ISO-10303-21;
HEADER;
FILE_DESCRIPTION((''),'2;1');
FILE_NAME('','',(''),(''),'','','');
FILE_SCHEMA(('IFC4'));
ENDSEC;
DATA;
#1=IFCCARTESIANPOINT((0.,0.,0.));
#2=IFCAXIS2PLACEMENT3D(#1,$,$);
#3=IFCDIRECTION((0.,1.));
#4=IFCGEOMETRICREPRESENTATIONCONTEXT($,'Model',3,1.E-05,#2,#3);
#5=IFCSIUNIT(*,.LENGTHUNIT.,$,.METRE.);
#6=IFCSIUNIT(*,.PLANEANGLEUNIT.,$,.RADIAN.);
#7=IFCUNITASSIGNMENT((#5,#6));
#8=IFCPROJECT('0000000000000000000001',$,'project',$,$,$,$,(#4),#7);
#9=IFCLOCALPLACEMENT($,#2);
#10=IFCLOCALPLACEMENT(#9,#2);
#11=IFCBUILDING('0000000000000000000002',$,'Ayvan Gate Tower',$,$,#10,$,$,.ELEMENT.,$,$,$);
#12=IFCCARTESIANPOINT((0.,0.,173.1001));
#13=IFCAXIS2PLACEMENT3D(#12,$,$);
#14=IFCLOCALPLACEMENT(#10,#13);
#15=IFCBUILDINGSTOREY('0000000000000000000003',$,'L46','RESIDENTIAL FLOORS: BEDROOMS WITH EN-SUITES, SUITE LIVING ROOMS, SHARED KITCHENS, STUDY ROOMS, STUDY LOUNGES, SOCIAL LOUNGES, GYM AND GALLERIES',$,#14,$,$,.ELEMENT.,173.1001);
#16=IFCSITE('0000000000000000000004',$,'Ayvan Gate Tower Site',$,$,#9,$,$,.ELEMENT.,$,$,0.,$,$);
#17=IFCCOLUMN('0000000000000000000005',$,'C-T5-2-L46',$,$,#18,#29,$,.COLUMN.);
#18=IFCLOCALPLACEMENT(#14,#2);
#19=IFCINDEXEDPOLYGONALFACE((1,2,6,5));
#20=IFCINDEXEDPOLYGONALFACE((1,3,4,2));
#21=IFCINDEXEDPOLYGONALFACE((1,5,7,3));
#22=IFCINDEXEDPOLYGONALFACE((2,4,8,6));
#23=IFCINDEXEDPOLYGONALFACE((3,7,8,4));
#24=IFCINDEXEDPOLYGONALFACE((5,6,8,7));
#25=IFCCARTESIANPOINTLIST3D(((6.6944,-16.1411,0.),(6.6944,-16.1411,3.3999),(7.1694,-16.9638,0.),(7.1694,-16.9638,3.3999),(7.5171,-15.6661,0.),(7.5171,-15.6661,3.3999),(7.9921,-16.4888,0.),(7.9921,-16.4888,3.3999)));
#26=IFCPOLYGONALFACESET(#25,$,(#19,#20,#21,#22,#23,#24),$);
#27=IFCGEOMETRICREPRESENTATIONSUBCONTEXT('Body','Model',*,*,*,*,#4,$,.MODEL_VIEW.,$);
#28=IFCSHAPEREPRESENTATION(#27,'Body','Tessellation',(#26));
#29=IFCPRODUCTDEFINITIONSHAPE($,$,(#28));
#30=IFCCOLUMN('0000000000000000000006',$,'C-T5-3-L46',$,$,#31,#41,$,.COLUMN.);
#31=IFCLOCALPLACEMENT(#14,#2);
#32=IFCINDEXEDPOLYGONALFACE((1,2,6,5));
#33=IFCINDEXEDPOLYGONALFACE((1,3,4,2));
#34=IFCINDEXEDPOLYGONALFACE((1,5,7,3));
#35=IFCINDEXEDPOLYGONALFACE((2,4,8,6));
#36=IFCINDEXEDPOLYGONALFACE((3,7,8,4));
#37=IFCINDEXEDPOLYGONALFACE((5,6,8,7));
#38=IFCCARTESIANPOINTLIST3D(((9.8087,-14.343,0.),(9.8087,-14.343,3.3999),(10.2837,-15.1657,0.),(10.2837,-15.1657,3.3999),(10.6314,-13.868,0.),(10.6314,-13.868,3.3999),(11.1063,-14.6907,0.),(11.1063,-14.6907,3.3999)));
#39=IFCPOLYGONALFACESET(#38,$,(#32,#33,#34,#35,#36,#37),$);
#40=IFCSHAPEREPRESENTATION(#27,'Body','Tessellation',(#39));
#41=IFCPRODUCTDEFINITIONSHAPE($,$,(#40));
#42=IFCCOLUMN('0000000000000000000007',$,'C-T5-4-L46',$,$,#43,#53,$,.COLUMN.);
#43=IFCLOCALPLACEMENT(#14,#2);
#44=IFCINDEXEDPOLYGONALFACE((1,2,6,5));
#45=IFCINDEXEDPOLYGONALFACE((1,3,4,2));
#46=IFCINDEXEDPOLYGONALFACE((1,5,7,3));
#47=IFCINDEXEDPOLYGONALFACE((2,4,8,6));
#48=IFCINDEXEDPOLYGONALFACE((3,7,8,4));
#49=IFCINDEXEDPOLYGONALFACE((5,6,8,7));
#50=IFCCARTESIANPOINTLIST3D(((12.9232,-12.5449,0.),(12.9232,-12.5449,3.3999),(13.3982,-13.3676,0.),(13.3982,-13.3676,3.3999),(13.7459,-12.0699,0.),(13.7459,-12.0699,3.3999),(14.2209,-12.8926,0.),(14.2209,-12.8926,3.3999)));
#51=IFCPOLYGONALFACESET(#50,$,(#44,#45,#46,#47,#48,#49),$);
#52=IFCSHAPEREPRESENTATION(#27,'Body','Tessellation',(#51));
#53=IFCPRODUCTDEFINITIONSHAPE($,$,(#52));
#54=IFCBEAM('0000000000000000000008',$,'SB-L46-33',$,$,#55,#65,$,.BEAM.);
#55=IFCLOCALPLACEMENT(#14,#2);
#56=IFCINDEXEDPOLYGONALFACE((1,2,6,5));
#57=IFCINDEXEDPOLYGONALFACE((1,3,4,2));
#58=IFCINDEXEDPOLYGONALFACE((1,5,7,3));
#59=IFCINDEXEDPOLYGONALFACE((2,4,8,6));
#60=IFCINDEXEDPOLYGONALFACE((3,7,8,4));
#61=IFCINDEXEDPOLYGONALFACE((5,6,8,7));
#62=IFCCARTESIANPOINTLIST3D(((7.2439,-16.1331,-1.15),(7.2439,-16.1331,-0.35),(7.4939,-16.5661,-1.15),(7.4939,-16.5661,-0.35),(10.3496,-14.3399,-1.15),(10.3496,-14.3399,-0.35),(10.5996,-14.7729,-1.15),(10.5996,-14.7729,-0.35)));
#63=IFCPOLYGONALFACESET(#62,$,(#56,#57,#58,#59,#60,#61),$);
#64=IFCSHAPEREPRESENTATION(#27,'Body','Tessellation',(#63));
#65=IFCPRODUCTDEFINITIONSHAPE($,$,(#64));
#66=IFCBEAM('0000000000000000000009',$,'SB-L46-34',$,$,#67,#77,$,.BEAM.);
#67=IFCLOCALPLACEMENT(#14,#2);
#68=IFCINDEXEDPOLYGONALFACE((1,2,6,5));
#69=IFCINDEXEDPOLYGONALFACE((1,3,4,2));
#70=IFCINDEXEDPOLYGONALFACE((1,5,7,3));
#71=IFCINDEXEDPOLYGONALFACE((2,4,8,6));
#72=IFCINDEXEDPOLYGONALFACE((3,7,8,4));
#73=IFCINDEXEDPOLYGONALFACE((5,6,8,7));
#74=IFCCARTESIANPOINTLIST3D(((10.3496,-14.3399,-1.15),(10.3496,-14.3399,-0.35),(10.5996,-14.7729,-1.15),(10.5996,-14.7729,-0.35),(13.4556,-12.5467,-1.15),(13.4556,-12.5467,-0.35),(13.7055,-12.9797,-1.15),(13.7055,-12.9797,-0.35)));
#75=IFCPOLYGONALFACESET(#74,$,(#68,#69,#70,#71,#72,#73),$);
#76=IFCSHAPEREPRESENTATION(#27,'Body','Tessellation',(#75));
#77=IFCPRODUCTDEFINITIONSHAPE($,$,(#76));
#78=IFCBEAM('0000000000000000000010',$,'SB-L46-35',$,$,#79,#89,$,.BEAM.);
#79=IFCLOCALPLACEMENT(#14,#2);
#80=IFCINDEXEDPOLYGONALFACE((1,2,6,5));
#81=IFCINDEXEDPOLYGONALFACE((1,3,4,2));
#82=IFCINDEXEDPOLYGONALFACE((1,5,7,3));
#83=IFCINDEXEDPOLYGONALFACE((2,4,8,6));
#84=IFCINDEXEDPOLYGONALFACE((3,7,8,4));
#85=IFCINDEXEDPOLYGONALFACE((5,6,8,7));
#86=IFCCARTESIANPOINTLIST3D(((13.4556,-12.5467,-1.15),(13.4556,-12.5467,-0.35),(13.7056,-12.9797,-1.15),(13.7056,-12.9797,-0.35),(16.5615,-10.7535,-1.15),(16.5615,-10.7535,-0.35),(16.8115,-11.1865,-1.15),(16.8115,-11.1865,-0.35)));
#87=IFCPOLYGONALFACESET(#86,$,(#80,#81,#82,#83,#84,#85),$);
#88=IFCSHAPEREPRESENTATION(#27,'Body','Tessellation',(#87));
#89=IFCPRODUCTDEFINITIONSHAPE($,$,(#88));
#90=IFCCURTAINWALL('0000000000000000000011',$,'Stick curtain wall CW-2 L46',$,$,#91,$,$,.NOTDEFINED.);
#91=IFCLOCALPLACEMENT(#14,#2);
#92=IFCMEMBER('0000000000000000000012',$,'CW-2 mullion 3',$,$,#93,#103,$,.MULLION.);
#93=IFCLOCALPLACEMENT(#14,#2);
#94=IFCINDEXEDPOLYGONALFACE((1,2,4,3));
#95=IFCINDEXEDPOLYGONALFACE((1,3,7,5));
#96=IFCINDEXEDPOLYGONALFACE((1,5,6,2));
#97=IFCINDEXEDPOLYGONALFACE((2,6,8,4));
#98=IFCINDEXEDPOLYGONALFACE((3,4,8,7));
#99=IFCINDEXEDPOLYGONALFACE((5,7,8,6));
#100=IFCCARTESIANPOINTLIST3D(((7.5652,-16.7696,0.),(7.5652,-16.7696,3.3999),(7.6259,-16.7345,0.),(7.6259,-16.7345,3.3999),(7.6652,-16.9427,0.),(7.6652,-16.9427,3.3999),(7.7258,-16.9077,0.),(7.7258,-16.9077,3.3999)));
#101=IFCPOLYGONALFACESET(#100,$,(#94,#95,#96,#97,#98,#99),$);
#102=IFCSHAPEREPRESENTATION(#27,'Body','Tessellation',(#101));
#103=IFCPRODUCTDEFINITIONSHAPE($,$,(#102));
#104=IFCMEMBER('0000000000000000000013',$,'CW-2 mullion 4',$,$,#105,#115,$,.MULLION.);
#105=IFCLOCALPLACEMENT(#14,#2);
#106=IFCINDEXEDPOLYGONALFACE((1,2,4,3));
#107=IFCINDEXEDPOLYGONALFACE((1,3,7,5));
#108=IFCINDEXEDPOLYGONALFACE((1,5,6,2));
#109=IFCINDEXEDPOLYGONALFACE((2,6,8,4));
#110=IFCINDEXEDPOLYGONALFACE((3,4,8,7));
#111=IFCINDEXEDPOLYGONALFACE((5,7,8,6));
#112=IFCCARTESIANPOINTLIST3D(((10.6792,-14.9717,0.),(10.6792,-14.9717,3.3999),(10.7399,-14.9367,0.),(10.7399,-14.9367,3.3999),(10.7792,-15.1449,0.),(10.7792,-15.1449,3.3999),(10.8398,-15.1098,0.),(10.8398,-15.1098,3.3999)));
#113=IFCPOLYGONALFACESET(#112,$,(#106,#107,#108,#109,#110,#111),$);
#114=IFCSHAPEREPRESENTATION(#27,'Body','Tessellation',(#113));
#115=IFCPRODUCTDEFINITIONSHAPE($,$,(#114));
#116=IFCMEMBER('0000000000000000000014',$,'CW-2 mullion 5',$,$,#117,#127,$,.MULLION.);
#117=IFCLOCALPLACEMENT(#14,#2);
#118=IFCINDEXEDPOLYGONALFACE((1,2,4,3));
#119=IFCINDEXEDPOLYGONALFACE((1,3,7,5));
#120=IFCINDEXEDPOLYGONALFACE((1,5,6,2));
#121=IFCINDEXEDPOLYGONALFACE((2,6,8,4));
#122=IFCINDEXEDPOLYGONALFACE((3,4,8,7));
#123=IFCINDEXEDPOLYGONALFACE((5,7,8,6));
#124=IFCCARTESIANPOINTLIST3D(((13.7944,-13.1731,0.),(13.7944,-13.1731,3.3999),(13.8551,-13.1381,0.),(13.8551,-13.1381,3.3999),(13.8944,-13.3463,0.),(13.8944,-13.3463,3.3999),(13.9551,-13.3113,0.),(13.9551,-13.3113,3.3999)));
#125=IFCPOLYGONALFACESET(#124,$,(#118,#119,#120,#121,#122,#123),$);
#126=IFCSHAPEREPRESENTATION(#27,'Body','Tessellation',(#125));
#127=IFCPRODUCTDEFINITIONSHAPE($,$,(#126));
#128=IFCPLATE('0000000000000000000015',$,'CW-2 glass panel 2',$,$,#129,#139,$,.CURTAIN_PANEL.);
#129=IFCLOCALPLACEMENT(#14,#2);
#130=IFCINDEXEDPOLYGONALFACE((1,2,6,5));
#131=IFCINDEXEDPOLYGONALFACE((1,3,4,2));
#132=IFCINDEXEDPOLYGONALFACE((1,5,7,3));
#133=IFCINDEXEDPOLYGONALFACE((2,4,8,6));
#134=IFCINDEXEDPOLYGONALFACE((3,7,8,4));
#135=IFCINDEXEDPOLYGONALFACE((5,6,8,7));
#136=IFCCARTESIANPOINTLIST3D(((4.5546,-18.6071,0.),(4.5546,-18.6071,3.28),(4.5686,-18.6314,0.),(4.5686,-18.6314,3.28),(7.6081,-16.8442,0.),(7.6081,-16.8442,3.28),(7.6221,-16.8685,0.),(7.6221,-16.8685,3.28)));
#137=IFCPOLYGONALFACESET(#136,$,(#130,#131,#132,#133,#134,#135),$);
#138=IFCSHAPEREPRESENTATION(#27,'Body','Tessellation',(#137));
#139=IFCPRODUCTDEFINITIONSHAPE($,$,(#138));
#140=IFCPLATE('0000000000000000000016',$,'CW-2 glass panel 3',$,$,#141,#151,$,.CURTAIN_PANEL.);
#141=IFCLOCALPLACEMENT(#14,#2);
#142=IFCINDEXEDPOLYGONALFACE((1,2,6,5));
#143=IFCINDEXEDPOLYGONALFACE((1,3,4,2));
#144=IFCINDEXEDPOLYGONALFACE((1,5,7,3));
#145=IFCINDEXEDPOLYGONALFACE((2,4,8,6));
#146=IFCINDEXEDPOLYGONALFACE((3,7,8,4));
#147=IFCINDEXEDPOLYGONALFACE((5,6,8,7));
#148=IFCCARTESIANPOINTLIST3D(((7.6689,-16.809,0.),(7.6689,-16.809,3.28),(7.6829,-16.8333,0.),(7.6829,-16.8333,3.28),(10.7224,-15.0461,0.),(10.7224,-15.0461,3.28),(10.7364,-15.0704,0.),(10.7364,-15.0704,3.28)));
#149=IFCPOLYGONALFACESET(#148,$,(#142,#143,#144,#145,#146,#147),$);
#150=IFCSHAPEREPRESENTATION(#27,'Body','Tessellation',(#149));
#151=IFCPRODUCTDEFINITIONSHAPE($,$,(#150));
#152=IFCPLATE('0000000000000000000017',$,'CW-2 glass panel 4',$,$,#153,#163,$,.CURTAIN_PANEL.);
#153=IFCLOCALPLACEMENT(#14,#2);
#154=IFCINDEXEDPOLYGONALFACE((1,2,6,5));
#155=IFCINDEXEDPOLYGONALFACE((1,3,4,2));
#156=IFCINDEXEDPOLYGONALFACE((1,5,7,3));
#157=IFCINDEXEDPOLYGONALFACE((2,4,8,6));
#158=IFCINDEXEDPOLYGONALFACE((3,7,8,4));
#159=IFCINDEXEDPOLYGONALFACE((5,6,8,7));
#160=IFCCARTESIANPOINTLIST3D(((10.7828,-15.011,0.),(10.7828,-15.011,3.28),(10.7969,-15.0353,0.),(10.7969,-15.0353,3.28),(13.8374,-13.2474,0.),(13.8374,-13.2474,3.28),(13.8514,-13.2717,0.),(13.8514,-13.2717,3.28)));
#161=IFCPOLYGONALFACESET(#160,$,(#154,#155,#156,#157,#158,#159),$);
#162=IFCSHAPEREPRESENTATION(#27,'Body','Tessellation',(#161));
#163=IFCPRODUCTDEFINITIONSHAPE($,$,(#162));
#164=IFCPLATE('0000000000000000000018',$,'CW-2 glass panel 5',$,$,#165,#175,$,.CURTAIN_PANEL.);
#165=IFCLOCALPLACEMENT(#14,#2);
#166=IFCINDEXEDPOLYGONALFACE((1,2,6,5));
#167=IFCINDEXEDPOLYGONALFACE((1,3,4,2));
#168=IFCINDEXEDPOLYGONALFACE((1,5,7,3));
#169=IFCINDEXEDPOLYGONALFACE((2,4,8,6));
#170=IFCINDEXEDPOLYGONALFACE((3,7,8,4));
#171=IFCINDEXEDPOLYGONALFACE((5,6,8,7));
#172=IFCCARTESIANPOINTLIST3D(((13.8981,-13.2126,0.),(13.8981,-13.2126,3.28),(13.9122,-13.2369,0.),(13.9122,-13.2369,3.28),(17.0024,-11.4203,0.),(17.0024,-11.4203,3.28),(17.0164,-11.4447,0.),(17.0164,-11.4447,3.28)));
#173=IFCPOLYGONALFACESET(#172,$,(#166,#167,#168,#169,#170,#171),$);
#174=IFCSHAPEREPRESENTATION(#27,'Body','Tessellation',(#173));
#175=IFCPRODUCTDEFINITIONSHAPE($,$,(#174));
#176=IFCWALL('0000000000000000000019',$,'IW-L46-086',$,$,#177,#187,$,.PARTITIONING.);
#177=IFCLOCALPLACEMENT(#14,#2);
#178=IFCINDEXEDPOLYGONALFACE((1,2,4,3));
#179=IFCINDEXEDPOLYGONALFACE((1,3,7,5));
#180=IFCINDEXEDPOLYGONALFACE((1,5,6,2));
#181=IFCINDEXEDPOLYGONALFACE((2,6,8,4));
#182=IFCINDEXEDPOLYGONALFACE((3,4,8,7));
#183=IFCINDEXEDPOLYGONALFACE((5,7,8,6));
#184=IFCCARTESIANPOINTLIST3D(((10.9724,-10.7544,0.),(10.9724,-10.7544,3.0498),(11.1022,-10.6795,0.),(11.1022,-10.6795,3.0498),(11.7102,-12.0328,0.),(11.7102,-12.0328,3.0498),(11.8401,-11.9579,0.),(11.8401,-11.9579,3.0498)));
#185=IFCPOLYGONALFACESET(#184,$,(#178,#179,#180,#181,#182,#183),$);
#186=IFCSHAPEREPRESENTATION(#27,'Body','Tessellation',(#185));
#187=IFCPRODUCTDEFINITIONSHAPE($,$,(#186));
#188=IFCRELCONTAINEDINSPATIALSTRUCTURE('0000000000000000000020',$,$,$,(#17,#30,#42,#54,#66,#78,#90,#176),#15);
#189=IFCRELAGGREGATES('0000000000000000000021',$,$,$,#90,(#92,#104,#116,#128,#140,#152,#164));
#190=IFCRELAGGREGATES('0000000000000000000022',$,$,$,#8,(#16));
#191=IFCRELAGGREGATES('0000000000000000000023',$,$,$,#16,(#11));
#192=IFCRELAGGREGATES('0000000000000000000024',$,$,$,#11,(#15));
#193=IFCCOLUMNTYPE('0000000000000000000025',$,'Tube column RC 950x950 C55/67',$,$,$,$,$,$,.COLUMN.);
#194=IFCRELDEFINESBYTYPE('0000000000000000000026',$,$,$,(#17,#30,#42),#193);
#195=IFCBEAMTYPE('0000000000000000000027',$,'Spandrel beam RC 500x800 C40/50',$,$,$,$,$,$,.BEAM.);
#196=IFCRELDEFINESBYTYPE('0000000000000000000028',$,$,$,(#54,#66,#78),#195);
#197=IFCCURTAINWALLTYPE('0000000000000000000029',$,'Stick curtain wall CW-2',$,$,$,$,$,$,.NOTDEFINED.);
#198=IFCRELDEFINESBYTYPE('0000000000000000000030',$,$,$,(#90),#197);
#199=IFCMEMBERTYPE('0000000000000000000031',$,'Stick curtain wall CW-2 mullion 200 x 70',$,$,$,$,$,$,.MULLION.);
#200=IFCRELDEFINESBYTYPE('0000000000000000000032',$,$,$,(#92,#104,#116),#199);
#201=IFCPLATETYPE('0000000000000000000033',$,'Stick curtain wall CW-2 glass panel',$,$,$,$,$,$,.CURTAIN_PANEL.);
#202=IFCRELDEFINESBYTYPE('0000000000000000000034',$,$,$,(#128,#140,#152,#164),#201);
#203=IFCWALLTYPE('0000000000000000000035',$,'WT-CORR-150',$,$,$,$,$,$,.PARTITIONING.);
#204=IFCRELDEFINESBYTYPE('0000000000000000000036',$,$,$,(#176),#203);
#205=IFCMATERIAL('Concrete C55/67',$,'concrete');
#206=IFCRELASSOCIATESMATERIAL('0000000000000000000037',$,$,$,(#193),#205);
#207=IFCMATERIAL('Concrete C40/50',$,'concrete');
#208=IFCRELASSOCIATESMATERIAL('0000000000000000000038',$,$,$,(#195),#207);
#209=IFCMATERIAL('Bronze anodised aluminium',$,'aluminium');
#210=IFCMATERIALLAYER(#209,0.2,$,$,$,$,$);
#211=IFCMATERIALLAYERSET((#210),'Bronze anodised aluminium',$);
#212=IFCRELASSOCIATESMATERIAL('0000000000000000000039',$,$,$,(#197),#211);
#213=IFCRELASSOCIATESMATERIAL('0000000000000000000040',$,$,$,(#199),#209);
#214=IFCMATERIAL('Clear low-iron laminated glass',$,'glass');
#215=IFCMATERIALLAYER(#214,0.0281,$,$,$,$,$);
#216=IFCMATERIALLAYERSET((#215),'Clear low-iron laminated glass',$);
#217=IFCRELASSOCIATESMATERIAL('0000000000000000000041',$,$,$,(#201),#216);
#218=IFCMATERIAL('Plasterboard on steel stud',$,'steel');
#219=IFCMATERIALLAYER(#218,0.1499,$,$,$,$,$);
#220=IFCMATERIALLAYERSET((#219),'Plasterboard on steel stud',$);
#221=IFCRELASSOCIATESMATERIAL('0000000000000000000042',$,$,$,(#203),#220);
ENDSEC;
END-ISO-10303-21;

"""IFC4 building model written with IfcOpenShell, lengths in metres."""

from ifc_helpers import new_model, si_unit, direction, frame, frame_2d, origin, origin_2d, place, context, subcontext, project, spatial, rectangle, extrude, material, layer, layer_set, material_profile, profile_set, type_object, element, aggregate, save


model = new_model("IFC4")

# Units and contexts
model_context = context("Model", 3, precision=1e-05, world=origin(), true_north=direction((0.0, 1.0)))
body_context = subcontext(model_context, "Body", "Model", "MODEL_VIEW")
ifc_project = project(units=[si_unit("LENGTHUNIT", "METRE"), si_unit("PLANEANGLEUNIT", "RADIAN")], contexts=[model_context])

# Site, building, storey
site_placement = place(None, origin())
site = spatial("IfcSite", under=ifc_project, at=site_placement, Name="Ayvan Gate Tower Site", CompositionType="ELEMENT", RefElevation=0.0)
building_placement = place(site_placement, origin())
building = spatial("IfcBuilding", under=site, at=building_placement, Name="Ayvan Gate Tower", CompositionType="ELEMENT")
storey_placement = place(building_placement, frame((0.0, 0.0, 173.1001)))
storey = spatial("IfcBuildingStorey", under=building, at=storey_placement, Name="L46", Description="RESIDENTIAL FLOORS: BEDROOMS WITH EN-SUITES, SUITE LIVING ROOMS, SHARED KITCHENS, STUDY ROOMS, STUDY LOUNGES, SOCIAL LOUNGES, GYM AND GALLERIES", CompositionType="ELEMENT", Elevation=173.1001)

# Columns
ifc_material_1 = material(Name="Concrete C55/67", Category="concrete")
ifc_material_profile_1 = material_profile(ifc_material_1, rectangle(XDim=0.95, YDim=0.95, at=origin_2d()), Name="RC 950x950")
ifc_profile_set_1 = profile_set([ifc_material_profile_1], Name="Concrete C55/67")
column_type = type_object("IfcColumnType", Name="Tube column RC 950x950 C55/67", PredefinedType="COLUMN", material=ifc_profile_set_1)
for number, where, z_axis, x_axis, name in (
    (1, (7.3433, -16.3149, 0.0), (0.0, 0.0, 1.0), (0.5, -0.866025, 0.0), "C-T5-2-L46"),
    (2, (10.4575, -14.5168, 0.0), (0.0, 0.0, 1.0), (0.5, -0.866025, 0.0), "C-T5-3-L46"),
    (3, (13.572, -12.7188, 0.0), (0.0, 0.0, 1.0), (0.5, -0.866025, 0.0), "C-T5-4-L46"),
):
    element("IfcColumn", number, at=place(storey_placement, frame(where, z_axis=z_axis, x_axis=x_axis)), inside=storey, type_object=column_type, Name=name, PredefinedType="COLUMN", context=body_context, shape_type="SweptSolid", body=[
        extrude(rectangle(XDim=0.95, YDim=0.95, at=origin_2d()), origin(), (0.0, 0.0, 1.0), 3.3999),
    ])

# Beams
ifc_material_2 = material(Name="Concrete C40/50", Category="concrete")
ifc_material_profile_2 = material_profile(ifc_material_2, rectangle(XDim=0.5, YDim=0.8, at=origin_2d()), Name="RC 500x800")
ifc_profile_set_2 = profile_set([ifc_material_profile_2], Name="Concrete C40/50")
beam_type = type_object("IfcBeamType", Name="Spandrel beam RC 500x800 C40/50", PredefinedType="BEAM", material=ifc_profile_set_2)
beam_placement = place(storey_placement, frame((7.3689, -16.3496, -0.75), z_axis=(0.86601, 0.500027, 0.0), x_axis=(-0.500027, 0.86601, 0.0)))
element("IfcBeam", 4, at=beam_placement, inside=storey, type_object=beam_type, Name="SB-L46-33", PredefinedType="BEAM", context=body_context, shape_type="SweptSolid", body=[
    extrude(rectangle(XDim=0.5, YDim=0.8, at=origin_2d()), origin(), (0.0, 0.0, 1.0), 3.5862),
])
for number, where, z_axis, x_axis, name in (
    (5, (10.4746, -14.5564, -0.75), (0.866027, 0.499997, 0.0), (-0.499997, 0.866027, 0.0), "SB-L46-34"),
    (6, (13.5806, -12.7632, -0.75), (0.866027, 0.499997, 0.0), (-0.499997, 0.866027, 0.0), "SB-L46-35"),
):
    element("IfcBeam", number, at=place(storey_placement, frame(where, z_axis=z_axis, x_axis=x_axis)), inside=storey, type_object=beam_type, Name=name, PredefinedType="BEAM", context=body_context, shape_type="SweptSolid", body=[
        extrude(rectangle(XDim=0.5, YDim=0.8, at=origin_2d()), origin(), (0.0, 0.0, 1.0), 3.5864),
    ])

# Curtain wall, members, plates
ifc_material_3 = material(Name="Bronze anodised aluminium", Category="aluminium")
ifc_layer_1 = layer(ifc_material_3, 0.2)
ifc_layer_set_1 = layer_set([ifc_layer_1], Name="Bronze anodised aluminium")
curtain_wall_type = type_object("IfcCurtainWallType", Name="Stick curtain wall CW-2", PredefinedType="NOTDEFINED", material=ifc_layer_set_1)
curtain_wall_placement = place(storey_placement, origin())
curtain_wall = element("IfcCurtainWall", 7, at=curtain_wall_placement, inside=storey, type_object=curtain_wall_type, Name="Stick curtain wall CW-2 L46", PredefinedType="NOTDEFINED")
ifc_material_profile_3 = material_profile(ifc_material_3, rectangle(XDim=0.2, YDim=0.0701, at=origin_2d()), Name="Stick curtain wall CW-2 mullion 200 x 70")
ifc_profile_set_3 = profile_set([ifc_material_profile_3], Name="Bronze anodised aluminium")
member_type = type_object("IfcMemberType", Name="Stick curtain wall CW-2 mullion 200 x 70", PredefinedType="MULLION", material=ifc_profile_set_3)
member_1_placement = place(storey_placement, frame((7.6455, -16.8386, 0.0), z_axis=(0.0, 0.0, 1.0), x_axis=(0.5, -0.866025, 0.0)))
member_1 = element("IfcMember", 8, at=member_1_placement, type_object=member_type, Name="CW-2 mullion 3", PredefinedType="MULLION", context=body_context, shape_type="SweptSolid", body=[
    extrude(rectangle(XDim=0.2, YDim=0.0701, at=origin_2d()), origin(), (0.0, 0.0, 1.0), 3.3999),
])
member_2_placement = place(storey_placement, frame((10.7595, -15.0408, 0.0), z_axis=(0.0, 0.0, 1.0), x_axis=(0.5, -0.866025, 0.0)))
member_2 = element("IfcMember", 9, at=member_2_placement, type_object=member_type, Name="CW-2 mullion 4", PredefinedType="MULLION", context=body_context, shape_type="SweptSolid", body=[
    extrude(rectangle(XDim=0.2, YDim=0.0701, at=origin_2d()), origin(), (0.0, 0.0, 1.0), 3.3999),
])
member_3_placement = place(storey_placement, frame((13.8748, -13.2422, 0.0), z_axis=(0.0, 0.0, 1.0), x_axis=(0.5, -0.866025, 0.0)))
member_3 = element("IfcMember", 10, at=member_3_placement, type_object=member_type, Name="CW-2 mullion 5", PredefinedType="MULLION", context=body_context, shape_type="SweptSolid", body=[
    extrude(rectangle(XDim=0.2, YDim=0.0701, at=origin_2d()), origin(), (0.0, 0.0, 1.0), 3.3999),
])
ifc_material_4 = material(Name="Clear low-iron laminated glass", Category="glass")
ifc_layer_2 = layer(ifc_material_4, 0.0281)
ifc_layer_set_2 = layer_set([ifc_layer_2], Name="Clear low-iron laminated glass")
plate_type = type_object("IfcPlateType", Name="Stick curtain wall CW-2 glass panel", PredefinedType="CURTAIN_PANEL", material=ifc_layer_set_2)
plate_1_placement = place(storey_placement, frame((6.0884, -17.7378, 0.0), z_axis=(0.0, 0.0, 1.0), x_axis=(0.866025, 0.5, 0.0)))
plate_1 = element("IfcPlate", 11, at=plate_1_placement, type_object=plate_type, Name="CW-2 glass panel 2", PredefinedType="CURTAIN_PANEL", context=body_context, shape_type="SweptSolid", body=[
    extrude(rectangle(XDim=3.5259, YDim=0.0281, at=origin_2d()), origin(), (0.0, 0.0, 1.0), 3.28),
])
plate_2_placement = place(storey_placement, frame((9.2026, -15.9397, 0.0), z_axis=(0.0, 0.0, 1.0), x_axis=(0.866025, 0.5, 0.0)))
plate_2 = element("IfcPlate", 12, at=plate_2_placement, type_object=plate_type, Name="CW-2 glass panel 3", PredefinedType="CURTAIN_PANEL", context=body_context, shape_type="SweptSolid", body=[
    extrude(rectangle(XDim=3.5259, YDim=0.0281, at=origin_2d()), origin(), (0.0, 0.0, 1.0), 3.28),
])
plate_3_placement = place(storey_placement, frame((12.3171, -14.1414, 0.0), z_axis=(0.0, 0.0, 1.0), x_axis=(0.866025, 0.5, 0.0)))
plate_3 = element("IfcPlate", 13, at=plate_3_placement, type_object=plate_type, Name="CW-2 glass panel 4", PredefinedType="CURTAIN_PANEL", context=body_context, shape_type="SweptSolid", body=[
    extrude(rectangle(XDim=3.5271, YDim=0.0281, at=origin_2d()), origin(), (0.0, 0.0, 1.0), 3.28),
])
plate_4_placement = place(storey_placement, frame((15.4573, -12.3286, 0.0), z_axis=(0.0, 0.0, 1.0), x_axis=(0.866025, 0.5, 0.0)))
plate_4 = element("IfcPlate", 14, at=plate_4_placement, type_object=plate_type, Name="CW-2 glass panel 5", PredefinedType="CURTAIN_PANEL", context=body_context, shape_type="SweptSolid", body=[
    extrude(rectangle(XDim=3.5845, YDim=0.0281, at=origin_2d()), origin(), (0.0, 0.0, 1.0), 3.28),
])
aggregate(curtain_wall, [member_1, member_2, member_3, plate_1, plate_2, plate_3, plate_4])

# Wall
ifc_material_5 = material(Name="Plasterboard on steel stud", Category="steel")
ifc_layer_3 = layer(ifc_material_5, 0.1499)
ifc_layer_set_3 = layer_set([ifc_layer_3], Name="Plasterboard on steel stud")
wall_type_1 = type_object("IfcWallType", Name="WT-CORR-150", PredefinedType="PARTITIONING", material=ifc_layer_set_3)
wall_1_placement = place(storey_placement, frame((11.7751, -11.9954, 0.0), z_axis=(0.0, 0.0, 1.0), x_axis=(-0.499875, 0.866097, 0.0)))
element("IfcWall", 15, at=wall_1_placement, inside=storey, type_object=wall_type_1, Name="IW-L46-086", PredefinedType="PARTITIONING", context=body_context, shape_type="SweptSolid", body=[
    extrude(rectangle(XDim=1.4761, YDim=0.1499, at=frame_2d((0.738, 0.0))), origin(), (0.0, 0.0, 1.0), 3.0498),
])

save(model, "model.ifc")
